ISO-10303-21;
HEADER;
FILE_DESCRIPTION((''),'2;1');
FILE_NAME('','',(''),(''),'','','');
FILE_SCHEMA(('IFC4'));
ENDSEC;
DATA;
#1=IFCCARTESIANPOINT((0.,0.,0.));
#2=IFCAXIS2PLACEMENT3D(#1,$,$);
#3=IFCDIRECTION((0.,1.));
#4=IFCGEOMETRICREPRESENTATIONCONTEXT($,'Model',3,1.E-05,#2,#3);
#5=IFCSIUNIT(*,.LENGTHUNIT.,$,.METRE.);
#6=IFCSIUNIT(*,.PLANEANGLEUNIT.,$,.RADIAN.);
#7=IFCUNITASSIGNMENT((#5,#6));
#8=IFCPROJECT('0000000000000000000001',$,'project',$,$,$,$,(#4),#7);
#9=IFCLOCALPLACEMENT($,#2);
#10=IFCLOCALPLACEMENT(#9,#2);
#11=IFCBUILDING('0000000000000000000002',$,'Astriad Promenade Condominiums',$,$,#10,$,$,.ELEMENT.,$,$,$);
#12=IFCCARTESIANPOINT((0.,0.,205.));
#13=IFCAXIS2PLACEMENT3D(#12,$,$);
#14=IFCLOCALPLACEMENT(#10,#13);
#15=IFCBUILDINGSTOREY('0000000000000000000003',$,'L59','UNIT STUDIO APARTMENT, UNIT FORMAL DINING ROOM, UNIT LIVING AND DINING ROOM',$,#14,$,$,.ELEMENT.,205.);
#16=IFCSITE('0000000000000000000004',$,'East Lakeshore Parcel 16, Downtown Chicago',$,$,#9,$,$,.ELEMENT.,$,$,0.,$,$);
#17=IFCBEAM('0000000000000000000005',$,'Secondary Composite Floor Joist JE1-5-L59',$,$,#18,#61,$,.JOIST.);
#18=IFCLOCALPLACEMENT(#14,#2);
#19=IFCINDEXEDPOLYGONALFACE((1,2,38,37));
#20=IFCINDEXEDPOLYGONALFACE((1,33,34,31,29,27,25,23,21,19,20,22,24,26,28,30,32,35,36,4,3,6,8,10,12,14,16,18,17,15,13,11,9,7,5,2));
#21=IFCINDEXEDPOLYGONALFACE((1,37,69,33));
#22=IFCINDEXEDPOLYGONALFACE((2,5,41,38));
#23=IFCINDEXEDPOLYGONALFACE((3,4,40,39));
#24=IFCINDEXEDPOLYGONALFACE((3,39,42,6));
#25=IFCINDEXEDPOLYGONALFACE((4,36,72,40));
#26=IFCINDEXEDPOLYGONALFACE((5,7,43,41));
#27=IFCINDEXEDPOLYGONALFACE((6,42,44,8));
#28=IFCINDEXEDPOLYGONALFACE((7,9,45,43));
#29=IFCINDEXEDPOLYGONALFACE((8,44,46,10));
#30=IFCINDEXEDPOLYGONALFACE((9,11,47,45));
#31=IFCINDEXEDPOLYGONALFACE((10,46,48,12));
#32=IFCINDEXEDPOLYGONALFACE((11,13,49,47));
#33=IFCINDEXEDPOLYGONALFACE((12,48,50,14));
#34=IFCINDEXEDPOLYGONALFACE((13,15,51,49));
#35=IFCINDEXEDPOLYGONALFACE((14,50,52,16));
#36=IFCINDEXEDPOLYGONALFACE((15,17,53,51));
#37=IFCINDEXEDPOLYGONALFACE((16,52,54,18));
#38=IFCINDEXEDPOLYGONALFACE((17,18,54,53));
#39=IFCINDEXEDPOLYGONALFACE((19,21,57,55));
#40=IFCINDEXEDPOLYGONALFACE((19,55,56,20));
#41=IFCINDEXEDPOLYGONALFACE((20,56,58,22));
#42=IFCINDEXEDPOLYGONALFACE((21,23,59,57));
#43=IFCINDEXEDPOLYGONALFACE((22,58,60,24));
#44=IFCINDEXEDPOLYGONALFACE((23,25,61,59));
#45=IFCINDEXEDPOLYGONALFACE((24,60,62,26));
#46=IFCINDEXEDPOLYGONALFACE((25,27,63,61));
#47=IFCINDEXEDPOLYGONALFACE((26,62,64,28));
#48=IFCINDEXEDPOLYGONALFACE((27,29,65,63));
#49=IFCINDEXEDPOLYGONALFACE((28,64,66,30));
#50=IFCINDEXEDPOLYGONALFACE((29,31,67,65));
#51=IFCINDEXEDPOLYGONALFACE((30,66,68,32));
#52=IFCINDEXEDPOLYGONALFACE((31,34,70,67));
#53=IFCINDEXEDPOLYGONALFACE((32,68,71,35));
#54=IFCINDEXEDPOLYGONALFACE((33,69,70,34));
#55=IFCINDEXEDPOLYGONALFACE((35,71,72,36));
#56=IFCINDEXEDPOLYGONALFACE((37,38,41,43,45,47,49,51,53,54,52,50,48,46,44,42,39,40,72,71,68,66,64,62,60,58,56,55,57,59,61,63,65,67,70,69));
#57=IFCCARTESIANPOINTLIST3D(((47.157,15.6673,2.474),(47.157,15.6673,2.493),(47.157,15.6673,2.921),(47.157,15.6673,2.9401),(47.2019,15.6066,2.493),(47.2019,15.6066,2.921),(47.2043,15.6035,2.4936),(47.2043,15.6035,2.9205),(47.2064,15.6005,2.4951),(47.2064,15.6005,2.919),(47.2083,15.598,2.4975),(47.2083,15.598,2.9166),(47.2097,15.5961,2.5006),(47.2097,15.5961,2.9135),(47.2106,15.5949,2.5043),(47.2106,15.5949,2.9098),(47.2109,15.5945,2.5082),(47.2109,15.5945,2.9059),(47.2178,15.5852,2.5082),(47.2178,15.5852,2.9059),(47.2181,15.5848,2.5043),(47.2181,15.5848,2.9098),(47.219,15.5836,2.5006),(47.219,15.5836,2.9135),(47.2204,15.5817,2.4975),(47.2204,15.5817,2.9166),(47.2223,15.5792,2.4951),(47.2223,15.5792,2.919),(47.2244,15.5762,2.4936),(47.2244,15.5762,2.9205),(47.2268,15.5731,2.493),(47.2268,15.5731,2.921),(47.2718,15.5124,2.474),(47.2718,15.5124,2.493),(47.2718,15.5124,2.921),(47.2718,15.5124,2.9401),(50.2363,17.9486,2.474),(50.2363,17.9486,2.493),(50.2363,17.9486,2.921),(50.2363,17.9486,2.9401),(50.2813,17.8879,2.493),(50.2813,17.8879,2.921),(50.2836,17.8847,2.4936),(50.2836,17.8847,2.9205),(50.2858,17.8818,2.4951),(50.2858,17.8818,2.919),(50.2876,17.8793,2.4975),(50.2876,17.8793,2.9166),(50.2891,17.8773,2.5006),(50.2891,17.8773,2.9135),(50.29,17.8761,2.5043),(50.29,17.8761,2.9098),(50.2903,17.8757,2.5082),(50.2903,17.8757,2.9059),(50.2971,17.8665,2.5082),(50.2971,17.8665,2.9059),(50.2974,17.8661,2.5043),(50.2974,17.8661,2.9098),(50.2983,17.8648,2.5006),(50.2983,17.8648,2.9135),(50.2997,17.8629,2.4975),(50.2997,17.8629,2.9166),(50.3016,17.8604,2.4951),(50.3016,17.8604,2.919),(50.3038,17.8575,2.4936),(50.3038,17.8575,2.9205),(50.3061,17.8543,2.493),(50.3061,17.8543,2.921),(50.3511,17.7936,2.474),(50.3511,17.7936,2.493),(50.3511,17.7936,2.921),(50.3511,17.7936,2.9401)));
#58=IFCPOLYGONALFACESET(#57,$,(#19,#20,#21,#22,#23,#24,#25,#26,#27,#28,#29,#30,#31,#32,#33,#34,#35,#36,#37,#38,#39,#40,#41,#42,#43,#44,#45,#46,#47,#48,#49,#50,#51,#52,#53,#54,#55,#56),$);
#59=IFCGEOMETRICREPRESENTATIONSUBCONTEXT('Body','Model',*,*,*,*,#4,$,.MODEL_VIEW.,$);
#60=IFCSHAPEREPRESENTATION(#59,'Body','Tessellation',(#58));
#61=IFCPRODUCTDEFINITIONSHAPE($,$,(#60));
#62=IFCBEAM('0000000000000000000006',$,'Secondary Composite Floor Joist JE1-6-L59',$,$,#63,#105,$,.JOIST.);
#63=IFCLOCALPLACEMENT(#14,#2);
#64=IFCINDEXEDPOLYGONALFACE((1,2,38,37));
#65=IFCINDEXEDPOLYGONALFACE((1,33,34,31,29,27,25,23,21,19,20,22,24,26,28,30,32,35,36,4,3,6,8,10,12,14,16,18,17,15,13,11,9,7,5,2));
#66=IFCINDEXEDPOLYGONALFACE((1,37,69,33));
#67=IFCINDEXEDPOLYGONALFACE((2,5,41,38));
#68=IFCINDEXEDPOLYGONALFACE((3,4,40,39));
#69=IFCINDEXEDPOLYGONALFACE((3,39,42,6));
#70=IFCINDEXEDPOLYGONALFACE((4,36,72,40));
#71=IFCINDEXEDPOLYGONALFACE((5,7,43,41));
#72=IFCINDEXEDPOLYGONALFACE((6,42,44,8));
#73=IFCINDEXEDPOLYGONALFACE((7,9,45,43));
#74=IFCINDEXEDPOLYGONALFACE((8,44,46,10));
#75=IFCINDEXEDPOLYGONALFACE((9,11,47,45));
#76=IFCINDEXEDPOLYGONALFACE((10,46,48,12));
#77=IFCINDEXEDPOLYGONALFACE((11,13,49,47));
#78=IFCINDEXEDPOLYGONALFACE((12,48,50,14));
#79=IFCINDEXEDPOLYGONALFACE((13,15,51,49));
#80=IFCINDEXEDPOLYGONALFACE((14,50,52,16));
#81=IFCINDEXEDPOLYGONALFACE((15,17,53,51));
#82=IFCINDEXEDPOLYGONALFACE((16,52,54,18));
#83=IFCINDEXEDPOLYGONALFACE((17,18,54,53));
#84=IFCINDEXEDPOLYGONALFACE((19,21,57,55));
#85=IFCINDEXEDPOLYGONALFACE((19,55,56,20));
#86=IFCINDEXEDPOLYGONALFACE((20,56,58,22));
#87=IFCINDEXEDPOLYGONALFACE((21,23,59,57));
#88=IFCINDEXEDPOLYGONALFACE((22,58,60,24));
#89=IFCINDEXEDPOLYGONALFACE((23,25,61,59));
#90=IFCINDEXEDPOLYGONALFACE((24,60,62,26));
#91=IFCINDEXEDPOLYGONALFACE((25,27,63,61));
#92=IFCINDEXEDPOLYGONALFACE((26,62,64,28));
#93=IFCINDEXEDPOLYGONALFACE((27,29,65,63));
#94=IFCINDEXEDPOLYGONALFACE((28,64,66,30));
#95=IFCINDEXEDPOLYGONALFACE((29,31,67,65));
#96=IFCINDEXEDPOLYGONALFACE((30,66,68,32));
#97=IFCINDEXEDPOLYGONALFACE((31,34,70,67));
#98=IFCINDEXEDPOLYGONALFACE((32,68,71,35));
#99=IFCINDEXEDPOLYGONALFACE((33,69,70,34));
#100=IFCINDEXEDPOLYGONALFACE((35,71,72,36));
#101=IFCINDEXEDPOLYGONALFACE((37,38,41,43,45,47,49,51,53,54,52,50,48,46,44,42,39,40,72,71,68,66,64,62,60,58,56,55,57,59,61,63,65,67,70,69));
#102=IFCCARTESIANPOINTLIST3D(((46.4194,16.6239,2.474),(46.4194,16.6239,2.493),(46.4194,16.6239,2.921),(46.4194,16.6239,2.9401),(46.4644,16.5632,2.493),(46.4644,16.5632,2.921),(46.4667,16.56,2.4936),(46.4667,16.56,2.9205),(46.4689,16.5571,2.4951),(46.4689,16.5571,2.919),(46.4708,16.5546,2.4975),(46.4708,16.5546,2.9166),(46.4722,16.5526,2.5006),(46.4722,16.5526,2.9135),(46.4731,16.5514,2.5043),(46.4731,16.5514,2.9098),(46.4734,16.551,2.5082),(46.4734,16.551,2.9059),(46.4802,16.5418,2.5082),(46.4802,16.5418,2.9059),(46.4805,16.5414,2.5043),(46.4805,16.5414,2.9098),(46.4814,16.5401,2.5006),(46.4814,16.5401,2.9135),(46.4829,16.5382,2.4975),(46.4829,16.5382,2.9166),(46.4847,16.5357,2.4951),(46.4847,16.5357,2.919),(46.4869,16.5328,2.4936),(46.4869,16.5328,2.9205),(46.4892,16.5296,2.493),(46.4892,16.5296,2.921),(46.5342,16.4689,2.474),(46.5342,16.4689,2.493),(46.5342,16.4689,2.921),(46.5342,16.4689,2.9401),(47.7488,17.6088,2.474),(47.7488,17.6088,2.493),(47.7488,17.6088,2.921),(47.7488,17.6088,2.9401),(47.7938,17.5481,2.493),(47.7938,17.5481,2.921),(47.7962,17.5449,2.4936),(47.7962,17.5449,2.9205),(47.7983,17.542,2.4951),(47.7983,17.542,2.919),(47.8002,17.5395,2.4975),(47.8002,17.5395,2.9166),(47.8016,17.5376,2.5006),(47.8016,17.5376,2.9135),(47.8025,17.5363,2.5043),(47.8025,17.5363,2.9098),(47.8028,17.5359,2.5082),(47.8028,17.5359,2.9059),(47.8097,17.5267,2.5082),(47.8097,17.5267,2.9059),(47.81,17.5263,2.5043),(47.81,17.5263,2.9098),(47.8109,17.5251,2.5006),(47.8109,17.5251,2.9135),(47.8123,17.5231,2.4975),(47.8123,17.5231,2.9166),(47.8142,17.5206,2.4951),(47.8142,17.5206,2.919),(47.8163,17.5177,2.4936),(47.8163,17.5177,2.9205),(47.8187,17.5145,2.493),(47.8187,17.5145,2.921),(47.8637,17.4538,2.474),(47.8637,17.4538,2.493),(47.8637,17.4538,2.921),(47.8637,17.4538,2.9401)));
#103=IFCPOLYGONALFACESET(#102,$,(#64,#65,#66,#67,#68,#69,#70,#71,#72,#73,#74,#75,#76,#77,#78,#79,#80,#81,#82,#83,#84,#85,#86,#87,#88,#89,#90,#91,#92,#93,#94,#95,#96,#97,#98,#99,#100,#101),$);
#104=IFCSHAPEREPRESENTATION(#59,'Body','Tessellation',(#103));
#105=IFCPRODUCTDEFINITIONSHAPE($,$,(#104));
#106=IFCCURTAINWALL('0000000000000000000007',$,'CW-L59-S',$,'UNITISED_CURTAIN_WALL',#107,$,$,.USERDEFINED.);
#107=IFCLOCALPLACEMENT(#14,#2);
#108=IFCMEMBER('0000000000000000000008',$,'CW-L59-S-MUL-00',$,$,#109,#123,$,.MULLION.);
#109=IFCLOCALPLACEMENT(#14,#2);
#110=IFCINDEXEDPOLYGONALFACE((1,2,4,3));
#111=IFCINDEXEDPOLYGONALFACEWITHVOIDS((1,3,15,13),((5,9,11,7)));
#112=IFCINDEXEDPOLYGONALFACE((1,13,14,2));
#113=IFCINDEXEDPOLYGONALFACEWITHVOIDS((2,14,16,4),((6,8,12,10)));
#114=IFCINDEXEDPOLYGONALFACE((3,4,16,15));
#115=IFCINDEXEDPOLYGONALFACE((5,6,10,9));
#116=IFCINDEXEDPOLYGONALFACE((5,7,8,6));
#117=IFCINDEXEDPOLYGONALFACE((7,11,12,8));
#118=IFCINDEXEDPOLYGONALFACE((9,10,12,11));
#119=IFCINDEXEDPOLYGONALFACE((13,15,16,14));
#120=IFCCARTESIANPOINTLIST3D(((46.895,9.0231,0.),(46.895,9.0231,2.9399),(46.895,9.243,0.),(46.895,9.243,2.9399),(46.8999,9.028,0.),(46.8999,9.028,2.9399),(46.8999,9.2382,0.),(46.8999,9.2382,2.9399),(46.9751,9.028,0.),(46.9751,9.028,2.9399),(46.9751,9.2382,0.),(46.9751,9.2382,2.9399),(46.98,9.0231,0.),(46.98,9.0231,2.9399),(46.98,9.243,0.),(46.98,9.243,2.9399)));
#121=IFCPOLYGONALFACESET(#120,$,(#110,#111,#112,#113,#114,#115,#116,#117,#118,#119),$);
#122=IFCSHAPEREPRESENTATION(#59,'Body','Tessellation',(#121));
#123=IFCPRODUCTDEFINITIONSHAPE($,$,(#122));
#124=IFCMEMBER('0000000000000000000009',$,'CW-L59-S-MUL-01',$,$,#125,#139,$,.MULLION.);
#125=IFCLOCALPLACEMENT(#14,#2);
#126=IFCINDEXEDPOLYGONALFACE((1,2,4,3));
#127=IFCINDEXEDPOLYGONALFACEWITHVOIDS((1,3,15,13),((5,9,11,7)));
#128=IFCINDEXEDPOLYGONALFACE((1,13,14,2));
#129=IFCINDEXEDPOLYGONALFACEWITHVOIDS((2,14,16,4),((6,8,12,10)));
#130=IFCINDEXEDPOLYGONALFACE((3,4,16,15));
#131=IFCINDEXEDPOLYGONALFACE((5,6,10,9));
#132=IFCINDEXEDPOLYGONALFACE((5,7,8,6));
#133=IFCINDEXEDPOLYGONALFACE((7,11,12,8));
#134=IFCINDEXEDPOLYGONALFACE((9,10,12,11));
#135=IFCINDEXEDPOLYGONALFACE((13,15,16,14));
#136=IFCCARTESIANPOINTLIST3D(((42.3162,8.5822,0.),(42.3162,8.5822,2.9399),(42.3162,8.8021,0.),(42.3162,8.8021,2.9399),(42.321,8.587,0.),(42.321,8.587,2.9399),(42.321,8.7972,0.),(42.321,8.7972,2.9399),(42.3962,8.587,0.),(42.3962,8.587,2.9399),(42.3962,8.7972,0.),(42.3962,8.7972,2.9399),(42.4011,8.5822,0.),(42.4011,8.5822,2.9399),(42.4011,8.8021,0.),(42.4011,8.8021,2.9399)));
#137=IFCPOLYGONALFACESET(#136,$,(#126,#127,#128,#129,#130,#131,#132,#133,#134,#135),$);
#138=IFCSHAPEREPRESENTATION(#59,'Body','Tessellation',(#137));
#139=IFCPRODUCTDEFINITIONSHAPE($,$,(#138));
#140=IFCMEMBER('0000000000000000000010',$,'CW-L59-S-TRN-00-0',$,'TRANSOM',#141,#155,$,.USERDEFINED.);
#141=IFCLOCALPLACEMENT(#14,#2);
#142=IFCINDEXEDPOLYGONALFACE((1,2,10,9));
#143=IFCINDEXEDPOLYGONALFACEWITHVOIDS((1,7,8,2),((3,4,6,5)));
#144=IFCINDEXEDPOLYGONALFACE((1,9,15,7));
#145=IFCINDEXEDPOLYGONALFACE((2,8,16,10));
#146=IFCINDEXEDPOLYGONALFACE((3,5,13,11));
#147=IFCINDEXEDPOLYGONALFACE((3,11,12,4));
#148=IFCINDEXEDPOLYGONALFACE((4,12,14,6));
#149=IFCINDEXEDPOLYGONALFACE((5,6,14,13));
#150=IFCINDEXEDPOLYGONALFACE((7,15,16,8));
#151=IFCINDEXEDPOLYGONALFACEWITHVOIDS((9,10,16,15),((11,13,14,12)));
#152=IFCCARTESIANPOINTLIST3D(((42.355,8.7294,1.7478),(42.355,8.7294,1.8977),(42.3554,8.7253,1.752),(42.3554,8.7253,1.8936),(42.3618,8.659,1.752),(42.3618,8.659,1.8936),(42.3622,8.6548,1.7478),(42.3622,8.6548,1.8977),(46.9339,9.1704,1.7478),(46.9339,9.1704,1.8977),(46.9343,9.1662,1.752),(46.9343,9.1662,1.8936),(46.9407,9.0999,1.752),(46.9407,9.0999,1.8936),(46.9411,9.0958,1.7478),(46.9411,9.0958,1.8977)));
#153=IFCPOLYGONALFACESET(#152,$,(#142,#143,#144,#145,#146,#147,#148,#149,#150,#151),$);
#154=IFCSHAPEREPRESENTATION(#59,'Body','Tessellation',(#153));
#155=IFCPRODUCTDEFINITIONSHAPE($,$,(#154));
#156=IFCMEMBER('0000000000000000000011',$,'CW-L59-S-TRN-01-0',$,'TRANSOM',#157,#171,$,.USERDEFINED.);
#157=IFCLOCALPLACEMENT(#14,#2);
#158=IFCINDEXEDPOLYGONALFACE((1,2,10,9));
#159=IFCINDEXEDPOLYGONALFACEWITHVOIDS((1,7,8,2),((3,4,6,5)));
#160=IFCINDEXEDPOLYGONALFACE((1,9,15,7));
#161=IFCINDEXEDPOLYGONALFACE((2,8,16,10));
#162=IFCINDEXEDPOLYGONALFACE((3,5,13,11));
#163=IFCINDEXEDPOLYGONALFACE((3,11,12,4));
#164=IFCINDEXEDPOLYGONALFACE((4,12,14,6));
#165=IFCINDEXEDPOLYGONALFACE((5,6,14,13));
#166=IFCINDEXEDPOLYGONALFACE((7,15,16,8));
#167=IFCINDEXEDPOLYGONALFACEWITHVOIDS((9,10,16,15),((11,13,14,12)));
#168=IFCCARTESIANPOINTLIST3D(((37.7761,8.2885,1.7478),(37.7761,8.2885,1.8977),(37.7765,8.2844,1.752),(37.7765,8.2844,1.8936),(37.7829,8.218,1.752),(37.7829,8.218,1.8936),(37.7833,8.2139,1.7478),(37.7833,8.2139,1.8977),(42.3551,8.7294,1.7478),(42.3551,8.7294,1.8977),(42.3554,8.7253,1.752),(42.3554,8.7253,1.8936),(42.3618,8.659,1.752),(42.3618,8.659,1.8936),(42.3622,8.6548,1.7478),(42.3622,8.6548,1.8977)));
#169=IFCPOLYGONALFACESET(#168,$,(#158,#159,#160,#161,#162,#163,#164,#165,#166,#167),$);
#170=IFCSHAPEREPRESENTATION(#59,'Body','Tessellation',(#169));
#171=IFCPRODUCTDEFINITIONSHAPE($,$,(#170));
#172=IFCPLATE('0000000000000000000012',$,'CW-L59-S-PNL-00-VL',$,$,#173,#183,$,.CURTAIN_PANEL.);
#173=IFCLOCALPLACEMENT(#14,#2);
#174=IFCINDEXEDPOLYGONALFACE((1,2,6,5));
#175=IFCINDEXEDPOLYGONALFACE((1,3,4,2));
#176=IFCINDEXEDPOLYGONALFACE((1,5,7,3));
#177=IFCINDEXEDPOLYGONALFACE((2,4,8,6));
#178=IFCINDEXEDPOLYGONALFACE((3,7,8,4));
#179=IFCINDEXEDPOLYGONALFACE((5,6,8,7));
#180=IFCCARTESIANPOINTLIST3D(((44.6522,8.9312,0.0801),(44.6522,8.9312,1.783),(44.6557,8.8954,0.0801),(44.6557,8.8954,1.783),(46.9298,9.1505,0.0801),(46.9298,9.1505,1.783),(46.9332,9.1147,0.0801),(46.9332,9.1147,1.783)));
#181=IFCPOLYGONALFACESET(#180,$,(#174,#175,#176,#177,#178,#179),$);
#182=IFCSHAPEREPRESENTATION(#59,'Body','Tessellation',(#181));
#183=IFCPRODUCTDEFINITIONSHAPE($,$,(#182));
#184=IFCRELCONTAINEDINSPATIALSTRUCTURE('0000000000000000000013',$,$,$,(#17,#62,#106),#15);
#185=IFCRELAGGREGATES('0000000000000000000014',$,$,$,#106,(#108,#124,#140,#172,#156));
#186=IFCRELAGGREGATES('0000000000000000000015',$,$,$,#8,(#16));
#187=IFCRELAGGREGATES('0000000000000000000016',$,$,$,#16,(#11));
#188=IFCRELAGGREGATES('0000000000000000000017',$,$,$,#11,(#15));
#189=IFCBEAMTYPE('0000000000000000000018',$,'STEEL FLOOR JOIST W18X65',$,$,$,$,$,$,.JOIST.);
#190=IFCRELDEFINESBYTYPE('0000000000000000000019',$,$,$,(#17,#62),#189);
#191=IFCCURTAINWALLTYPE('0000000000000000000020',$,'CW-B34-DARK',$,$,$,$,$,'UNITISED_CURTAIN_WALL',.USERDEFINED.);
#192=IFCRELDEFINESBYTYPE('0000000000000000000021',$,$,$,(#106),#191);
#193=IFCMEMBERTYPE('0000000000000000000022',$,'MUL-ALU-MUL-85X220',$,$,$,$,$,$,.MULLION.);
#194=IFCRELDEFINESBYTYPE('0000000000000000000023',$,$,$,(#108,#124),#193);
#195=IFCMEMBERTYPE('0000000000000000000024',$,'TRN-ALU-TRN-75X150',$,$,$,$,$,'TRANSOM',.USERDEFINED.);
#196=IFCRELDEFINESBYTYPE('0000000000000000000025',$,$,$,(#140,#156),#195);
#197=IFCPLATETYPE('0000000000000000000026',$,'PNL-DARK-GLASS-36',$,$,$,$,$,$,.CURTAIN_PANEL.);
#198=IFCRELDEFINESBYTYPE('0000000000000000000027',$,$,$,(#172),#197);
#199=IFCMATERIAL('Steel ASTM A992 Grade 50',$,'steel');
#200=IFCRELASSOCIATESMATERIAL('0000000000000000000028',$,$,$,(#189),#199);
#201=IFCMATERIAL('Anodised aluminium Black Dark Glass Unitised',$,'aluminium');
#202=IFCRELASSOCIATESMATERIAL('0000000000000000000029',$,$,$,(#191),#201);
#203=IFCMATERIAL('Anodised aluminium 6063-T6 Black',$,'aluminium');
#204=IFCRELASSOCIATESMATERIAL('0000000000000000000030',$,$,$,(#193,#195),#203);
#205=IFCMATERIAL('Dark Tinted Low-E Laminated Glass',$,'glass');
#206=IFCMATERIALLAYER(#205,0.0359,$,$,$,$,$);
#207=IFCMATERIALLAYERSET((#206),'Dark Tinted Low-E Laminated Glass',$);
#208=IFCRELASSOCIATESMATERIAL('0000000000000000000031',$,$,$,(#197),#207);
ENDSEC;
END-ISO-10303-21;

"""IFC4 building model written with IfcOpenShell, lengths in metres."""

from ifc_helpers import new_model, si_unit, direction, frame, origin, origin_2d, place, context, subcontext, project, spatial, rectangle, hollow_rectangle, i_section, extrude, source, transform, mapped, material, layer, layer_set, material_profile, profile_set, type_object, type_shapes, element, aggregate, save


model = new_model("IFC4")

# Units and contexts
model_context = context("Model", 3, precision=1e-05, world=origin(), true_north=direction((0.0, 1.0)))
body_context = subcontext(model_context, "Body", "Model", "MODEL_VIEW")
ifc_project = project(units=[si_unit("LENGTHUNIT", "METRE"), si_unit("PLANEANGLEUNIT", "RADIAN")], contexts=[model_context])

# Site, building, storey
site_placement = place(None, origin())
site = spatial("IfcSite", under=ifc_project, at=site_placement, Name="East Lakeshore Parcel 16, Downtown Chicago", CompositionType="ELEMENT", RefElevation=0.0)
building_placement = place(site_placement, origin())
building = spatial("IfcBuilding", under=site, at=building_placement, Name="Astriad Promenade Condominiums", CompositionType="ELEMENT")
storey_placement = place(building_placement, frame((0.0, 0.0, 205.0)))
storey = spatial("IfcBuildingStorey", under=building, at=storey_placement, Name="L59", Description="UNIT STUDIO APARTMENT, UNIT FORMAL DINING ROOM, UNIT LIVING AND DINING ROOM", CompositionType="ELEMENT", Elevation=205.0)

# Beams
ifc_material_1 = material(Name="Steel ASTM A992 Grade 50", Category="steel")
ifc_material_profile_1 = material_profile(ifc_material_1, i_section(OverallWidth=0.1929, OverallDepth=0.4661, WebThickness=0.0115, FlangeThickness=0.019, FilletRadius=0.0151, at=origin_2d()), Name="W18X65")
ifc_profile_set_1 = profile_set([ifc_material_profile_1], Name="Steel ASTM A992 Grade 50")
beam_type = type_object("IfcBeamType", Name="STEEL FLOOR JOIST W18X65", PredefinedType="JOIST", material=ifc_profile_set_1)
shared_shape_1 = source(origin(), body_context, "Body", "SweptSolid", [
    extrude(i_section(OverallWidth=0.1929, OverallDepth=0.4661, WebThickness=0.0115, FlangeThickness=0.019, FilletRadius=0.0151, at=origin_2d()), origin(), (0.0, 0.0, 1.0), 3.8323),
])
beam_1_placement = place(storey_placement, frame((47.2144, 15.5898, 2.707), z_axis=(0.803526, 0.59527, 0.0), x_axis=(-0.59527, 0.803526, 0.0)))
element("IfcBeam", 1, at=beam_1_placement, inside=storey, type_object=beam_type, Name="Secondary Composite Floor Joist JE1-5-L59", PredefinedType="JOIST", context=body_context, shape_type="MappedRepresentation", body=[
    mapped(shared_shape_1, transform((0.0, 0.0, 0.0), scale=1.0)),
])
shared_shape_2 = source(origin(), body_context, "Body", "SweptSolid", [
    extrude(i_section(OverallWidth=0.1929, OverallDepth=0.4661, WebThickness=0.0115, FlangeThickness=0.019, FilletRadius=0.0151, at=origin_2d()), origin(), (0.0, 0.0, 1.0), 1.6545),
])
type_shapes(beam_type, [shared_shape_1, shared_shape_2])
beam_2_placement = place(storey_placement, frame((46.4768, 16.5464, 2.707), z_axis=(0.80351, 0.595291, 0.0), x_axis=(-0.595291, 0.80351, 0.0)))
element("IfcBeam", 2, at=beam_2_placement, inside=storey, type_object=beam_type, Name="Secondary Composite Floor Joist JE1-6-L59", PredefinedType="JOIST", context=body_context, shape_type="MappedRepresentation", body=[
    mapped(shared_shape_2, transform((0.0, 0.0, 0.0), scale=1.0)),
])

# Curtain wall, members, plate
ifc_material_2 = material(Name="Anodised aluminium Black Dark Glass Unitised", Category="aluminium")
curtain_wall_type = type_object("IfcCurtainWallType", Name="CW-B34-DARK", ElementType="UNITISED_CURTAIN_WALL", PredefinedType="USERDEFINED", material=ifc_material_2)
curtain_wall_placement = place(storey_placement, origin())
curtain_wall = element("IfcCurtainWall", 3, at=curtain_wall_placement, inside=storey, type_object=curtain_wall_type, Name="CW-L59-S", ObjectType="UNITISED_CURTAIN_WALL", PredefinedType="USERDEFINED")
ifc_material_3 = material(Name="Anodised aluminium 6063-T6 Black", Category="aluminium")
ifc_material_profile_2 = material_profile(ifc_material_3, hollow_rectangle(XDim=0.085, YDim=0.22, WallThickness=0.0049, at=origin_2d()), Name="ALU-MUL-85X220")
ifc_profile_set_2 = profile_set([ifc_material_profile_2], Name="Anodised aluminium 6063-T6 Black")
member_type_1 = type_object("IfcMemberType", Name="MUL-ALU-MUL-85X220", PredefinedType="MULLION", material=ifc_profile_set_2)
shared_shape_3 = source(origin(), body_context, "Body", "SweptSolid", [
    extrude(hollow_rectangle(XDim=0.085, YDim=0.22, WallThickness=0.0049, at=origin_2d()), origin(), (0.0, 0.0, 1.0), 2.9399),
])
type_shapes(member_type_1, [shared_shape_3])
member_1_placement = place(storey_placement, frame((46.9375, 9.1331, 0.0), z_axis=(0.0, 0.0, 1.0), x_axis=(1.0, 0.0, 0.0)))
member_1 = element("IfcMember", 4, at=member_1_placement, type_object=member_type_1, Name="CW-L59-S-MUL-00", PredefinedType="MULLION", context=body_context, shape_type="MappedRepresentation", body=[
    mapped(shared_shape_3, transform((0.0, 0.0, 0.0), scale=1.0)),
])
member_2_placement = place(storey_placement, frame((42.3586, 8.6921, 0.0), z_axis=(0.0, 0.0, 1.0), x_axis=(1.0, 0.0, 0.0)))
member_2 = element("IfcMember", 5, at=member_2_placement, type_object=member_type_1, Name="CW-L59-S-MUL-01", PredefinedType="MULLION", context=body_context, shape_type="MappedRepresentation", body=[
    mapped(shared_shape_3, transform((0.0, 0.0, 0.0), scale=1.0)),
])
ifc_material_profile_3 = material_profile(ifc_material_3, hollow_rectangle(XDim=0.075, YDim=0.1499, WallThickness=0.0042, at=origin_2d()), Name="ALU-TRN-75X150")
ifc_profile_set_3 = profile_set([ifc_material_profile_3], Name="Anodised aluminium 6063-T6 Black")
member_type_2 = type_object("IfcMemberType", Name="TRN-ALU-TRN-75X150", ElementType="TRANSOM", PredefinedType="USERDEFINED", material=ifc_profile_set_3)
shared_shape_4 = source(origin(), body_context, "Body", "SweptSolid", [
    extrude(hollow_rectangle(XDim=0.075, YDim=0.1499, WallThickness=0.0042, at=origin_2d()), origin(), (0.0, 0.0, 1.0), 4.6001),
])
type_shapes(member_type_2, [shared_shape_4])
member_3_placement = place(storey_placement, frame((46.9375, 9.1331, 1.8228), z_axis=(-0.995396, -0.095851, 0.0), x_axis=(0.095851, -0.995396, 0.0)))
member_3 = element("IfcMember", 6, at=member_3_placement, type_object=member_type_2, Name="CW-L59-S-TRN-00-0", ObjectType="TRANSOM", PredefinedType="USERDEFINED", context=body_context, shape_type="MappedRepresentation", body=[
    mapped(shared_shape_4, transform((0.0, 0.0, 0.0), scale=1.0)),
])
member_4_placement = place(storey_placement, frame((42.3586, 8.6921, 1.8228), z_axis=(-0.995396, -0.095851, 0.0), x_axis=(0.095851, -0.995396, 0.0)))
member_4 = element("IfcMember", 7, at=member_4_placement, type_object=member_type_2, Name="CW-L59-S-TRN-01-0", ObjectType="TRANSOM", PredefinedType="USERDEFINED", context=body_context, shape_type="MappedRepresentation", body=[
    mapped(shared_shape_4, transform((0.0, 0.0, 0.0), scale=1.0)),
])
ifc_material_4 = material(Name="Dark Tinted Low-E Laminated Glass", Category="glass")
ifc_layer_1 = layer(ifc_material_4, 0.0359)
ifc_layer_set_1 = layer_set([ifc_layer_1], Name="Dark Tinted Low-E Laminated Glass")
plate_type = type_object("IfcPlateType", Name="PNL-DARK-GLASS-36", PredefinedType="CURTAIN_PANEL", material=ifc_layer_set_1)
shared_shape_5 = source(origin(), body_context, "Body", "SweptSolid", [
    extrude(rectangle(XDim=2.2881, YDim=0.0359, at=origin_2d()), origin(), (0.0, 0.0, 1.0), 1.7029),
])
plate_1_placement = place(storey_placement, frame((45.7927, 9.0229, 0.0801), z_axis=(0.0, 0.0, 1.0), x_axis=(-0.995396, -0.095846, 0.0)))
plate_1 = element("IfcPlate", 8, at=plate_1_placement, type_object=plate_type, Name="CW-L59-S-PNL-00-VL", PredefinedType="CURTAIN_PANEL", context=body_context, shape_type="MappedRepresentation", body=[
    mapped(shared_shape_5, transform((0.0, 0.0, 0.0), scale=1.0)),
])
aggregate(curtain_wall, [member_1, member_2, member_3, plate_1, member_4])

save(model, "model.ifc")
